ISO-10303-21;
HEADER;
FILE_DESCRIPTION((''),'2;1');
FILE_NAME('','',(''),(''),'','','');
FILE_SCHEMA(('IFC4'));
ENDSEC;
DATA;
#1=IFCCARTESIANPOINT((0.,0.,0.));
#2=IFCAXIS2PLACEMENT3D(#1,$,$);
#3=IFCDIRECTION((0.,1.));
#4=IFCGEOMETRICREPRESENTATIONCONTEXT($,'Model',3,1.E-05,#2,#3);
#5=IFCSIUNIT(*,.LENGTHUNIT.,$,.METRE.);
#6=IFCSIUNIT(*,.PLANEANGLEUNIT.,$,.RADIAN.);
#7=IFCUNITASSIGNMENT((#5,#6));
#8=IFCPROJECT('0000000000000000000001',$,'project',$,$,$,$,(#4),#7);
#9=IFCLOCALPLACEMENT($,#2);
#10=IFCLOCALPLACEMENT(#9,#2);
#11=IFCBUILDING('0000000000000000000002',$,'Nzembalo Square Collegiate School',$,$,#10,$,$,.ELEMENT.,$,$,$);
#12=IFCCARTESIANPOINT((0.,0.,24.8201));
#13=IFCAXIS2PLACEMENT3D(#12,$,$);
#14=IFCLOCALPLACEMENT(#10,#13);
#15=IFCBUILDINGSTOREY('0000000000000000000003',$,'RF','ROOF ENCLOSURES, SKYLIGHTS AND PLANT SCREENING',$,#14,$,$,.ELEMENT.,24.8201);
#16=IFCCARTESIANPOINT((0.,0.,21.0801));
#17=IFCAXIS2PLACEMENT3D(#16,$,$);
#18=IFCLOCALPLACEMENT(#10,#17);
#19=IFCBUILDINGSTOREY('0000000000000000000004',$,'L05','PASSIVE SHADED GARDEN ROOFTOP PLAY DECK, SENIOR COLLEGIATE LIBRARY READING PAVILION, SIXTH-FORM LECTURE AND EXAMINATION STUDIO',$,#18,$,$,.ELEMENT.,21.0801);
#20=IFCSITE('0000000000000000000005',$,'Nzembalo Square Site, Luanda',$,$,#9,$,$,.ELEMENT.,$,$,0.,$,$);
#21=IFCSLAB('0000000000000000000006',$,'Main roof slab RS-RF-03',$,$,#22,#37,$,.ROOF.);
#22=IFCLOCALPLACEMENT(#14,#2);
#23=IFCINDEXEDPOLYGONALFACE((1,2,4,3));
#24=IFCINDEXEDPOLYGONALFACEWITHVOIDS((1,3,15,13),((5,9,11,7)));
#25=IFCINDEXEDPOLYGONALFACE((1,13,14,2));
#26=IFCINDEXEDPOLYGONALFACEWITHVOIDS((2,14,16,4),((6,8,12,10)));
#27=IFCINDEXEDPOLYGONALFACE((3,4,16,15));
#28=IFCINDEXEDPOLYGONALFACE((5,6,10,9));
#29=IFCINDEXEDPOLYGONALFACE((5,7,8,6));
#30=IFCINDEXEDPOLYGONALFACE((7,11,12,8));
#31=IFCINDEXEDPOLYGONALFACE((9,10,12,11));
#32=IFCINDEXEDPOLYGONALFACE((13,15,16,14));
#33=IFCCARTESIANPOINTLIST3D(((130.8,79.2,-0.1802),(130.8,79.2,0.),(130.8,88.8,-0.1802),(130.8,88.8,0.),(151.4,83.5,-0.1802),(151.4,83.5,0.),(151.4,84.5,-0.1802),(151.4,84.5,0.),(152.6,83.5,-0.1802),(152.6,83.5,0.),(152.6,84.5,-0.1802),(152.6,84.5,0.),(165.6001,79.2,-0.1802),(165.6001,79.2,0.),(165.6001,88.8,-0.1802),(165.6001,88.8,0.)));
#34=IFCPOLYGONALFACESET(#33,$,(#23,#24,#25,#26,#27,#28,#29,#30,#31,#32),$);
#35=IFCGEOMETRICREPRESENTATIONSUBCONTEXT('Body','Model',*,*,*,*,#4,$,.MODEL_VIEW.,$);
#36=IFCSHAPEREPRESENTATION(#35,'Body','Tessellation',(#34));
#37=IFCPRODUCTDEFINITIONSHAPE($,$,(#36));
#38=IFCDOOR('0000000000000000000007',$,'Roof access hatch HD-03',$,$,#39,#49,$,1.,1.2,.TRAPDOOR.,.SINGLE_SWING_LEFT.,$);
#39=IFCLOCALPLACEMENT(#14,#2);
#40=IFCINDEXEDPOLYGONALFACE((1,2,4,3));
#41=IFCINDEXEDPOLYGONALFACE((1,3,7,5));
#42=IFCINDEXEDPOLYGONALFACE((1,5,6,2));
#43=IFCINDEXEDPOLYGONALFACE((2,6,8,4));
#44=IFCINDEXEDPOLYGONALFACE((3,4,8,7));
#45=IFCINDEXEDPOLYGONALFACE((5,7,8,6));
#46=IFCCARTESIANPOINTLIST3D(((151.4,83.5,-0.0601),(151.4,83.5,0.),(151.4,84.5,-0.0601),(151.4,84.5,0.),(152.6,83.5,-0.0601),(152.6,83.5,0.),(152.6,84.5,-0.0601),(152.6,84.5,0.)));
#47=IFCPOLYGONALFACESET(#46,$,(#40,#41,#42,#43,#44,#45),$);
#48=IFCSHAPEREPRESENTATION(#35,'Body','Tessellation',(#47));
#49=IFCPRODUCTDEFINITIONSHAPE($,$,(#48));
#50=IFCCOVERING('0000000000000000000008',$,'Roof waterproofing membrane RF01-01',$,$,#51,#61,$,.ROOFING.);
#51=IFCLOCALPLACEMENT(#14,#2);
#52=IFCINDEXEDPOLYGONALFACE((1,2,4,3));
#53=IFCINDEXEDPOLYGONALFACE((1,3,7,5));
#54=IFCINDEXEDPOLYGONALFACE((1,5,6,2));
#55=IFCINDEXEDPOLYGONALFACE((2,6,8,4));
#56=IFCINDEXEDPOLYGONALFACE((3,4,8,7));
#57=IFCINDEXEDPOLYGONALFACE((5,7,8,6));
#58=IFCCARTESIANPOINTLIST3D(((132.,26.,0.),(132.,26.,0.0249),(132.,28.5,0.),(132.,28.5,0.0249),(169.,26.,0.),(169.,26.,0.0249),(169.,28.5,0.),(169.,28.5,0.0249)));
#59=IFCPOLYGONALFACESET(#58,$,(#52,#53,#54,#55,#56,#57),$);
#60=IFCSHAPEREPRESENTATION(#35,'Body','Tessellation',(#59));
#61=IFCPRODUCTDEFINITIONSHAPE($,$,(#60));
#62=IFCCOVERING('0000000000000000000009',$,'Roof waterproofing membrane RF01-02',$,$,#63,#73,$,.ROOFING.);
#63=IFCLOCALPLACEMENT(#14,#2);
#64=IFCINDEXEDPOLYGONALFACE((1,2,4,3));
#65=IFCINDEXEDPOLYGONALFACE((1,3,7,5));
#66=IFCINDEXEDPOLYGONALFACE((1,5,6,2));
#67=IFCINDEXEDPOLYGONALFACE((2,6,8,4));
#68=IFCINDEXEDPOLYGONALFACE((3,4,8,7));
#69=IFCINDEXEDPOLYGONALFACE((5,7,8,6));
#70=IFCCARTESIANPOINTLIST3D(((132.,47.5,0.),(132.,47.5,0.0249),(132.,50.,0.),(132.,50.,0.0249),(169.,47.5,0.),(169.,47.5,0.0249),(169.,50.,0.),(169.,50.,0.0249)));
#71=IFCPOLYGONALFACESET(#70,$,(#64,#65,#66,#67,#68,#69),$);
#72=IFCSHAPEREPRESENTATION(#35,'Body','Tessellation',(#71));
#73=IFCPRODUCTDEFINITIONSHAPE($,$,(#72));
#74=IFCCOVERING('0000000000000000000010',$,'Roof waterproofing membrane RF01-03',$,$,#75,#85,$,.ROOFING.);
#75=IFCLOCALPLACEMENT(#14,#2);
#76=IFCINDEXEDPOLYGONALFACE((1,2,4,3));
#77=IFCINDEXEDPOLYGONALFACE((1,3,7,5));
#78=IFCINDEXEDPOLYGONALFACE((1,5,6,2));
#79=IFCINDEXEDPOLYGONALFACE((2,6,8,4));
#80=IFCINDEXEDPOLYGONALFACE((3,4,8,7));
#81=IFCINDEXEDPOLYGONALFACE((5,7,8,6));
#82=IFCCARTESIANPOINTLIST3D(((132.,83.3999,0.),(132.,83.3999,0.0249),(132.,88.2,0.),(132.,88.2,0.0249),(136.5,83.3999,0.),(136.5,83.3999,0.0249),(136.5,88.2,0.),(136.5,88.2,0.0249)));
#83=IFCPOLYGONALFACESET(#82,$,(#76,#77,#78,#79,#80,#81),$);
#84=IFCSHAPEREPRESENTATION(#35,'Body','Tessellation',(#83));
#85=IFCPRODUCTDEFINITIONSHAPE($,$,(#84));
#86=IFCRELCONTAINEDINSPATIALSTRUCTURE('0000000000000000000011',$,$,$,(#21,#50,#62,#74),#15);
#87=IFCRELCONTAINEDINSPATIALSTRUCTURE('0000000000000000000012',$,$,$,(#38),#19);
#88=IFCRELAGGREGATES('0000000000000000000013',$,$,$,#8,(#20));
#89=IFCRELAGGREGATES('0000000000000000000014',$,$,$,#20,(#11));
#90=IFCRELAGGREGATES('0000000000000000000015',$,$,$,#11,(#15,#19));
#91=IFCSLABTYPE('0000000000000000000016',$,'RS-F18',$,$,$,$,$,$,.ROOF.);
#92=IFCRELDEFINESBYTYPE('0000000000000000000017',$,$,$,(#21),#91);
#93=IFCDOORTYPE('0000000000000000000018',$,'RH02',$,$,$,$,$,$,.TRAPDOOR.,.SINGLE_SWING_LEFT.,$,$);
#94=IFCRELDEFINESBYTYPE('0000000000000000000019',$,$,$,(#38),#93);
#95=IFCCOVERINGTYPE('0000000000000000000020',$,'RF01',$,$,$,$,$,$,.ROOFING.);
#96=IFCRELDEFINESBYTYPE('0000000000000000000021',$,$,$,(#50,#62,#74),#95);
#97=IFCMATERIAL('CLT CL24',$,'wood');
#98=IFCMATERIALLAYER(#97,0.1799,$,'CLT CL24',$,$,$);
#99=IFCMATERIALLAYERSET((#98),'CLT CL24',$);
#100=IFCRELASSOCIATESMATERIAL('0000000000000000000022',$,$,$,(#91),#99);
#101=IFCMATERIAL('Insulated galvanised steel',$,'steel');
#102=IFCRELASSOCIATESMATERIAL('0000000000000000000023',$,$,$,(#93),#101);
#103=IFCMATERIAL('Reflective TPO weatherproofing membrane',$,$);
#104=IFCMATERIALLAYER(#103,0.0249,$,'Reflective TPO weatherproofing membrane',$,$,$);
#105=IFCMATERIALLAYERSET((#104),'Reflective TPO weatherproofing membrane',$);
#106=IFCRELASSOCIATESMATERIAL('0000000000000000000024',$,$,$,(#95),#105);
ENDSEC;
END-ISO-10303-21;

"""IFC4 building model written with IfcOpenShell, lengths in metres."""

from ifc_helpers import new_model, si_unit, direction, frame, origin, origin_2d, place, context, subcontext, project, spatial, polyline, rectangle, outline, extrude, material, layer, layer_set, type_object, element, fill, save


model = new_model("IFC4")

# Units and contexts
model_context = context("Model", 3, precision=1e-05, world=origin(), true_north=direction((0.0, 1.0)))
body_context = subcontext(model_context, "Body", "Model", "MODEL_VIEW")
ifc_project = project(units=[si_unit("LENGTHUNIT", "METRE"), si_unit("PLANEANGLEUNIT", "RADIAN")], contexts=[model_context])

# Site, building, storey
site_placement = place(None, origin())
site = spatial("IfcSite", under=ifc_project, at=site_placement, Name="Nzembalo Square Site, Luanda", CompositionType="ELEMENT", RefElevation=0.0)
building_placement = place(site_placement, origin())
building = spatial("IfcBuilding", under=site, at=building_placement, Name="Nzembalo Square Collegiate School", CompositionType="ELEMENT")
storey_1_placement = place(building_placement, frame((0.0, 0.0, 24.8201)))
storey_1 = spatial("IfcBuildingStorey", under=building, at=storey_1_placement, Name="RF", Description="ROOF ENCLOSURES, SKYLIGHTS AND PLANT SCREENING", CompositionType="ELEMENT", Elevation=24.8201)

# Shared definitions
ifc_material_1 = material(Name="CLT CL24", Category="wood")
ifc_layer_1 = layer(ifc_material_1, 0.1799, Name="CLT CL24")
ifc_layer_set_1 = layer_set([ifc_layer_1], Name="CLT CL24")
slab_type_1 = type_object("IfcSlabType", Name="RS-F18", PredefinedType="ROOF", material=ifc_layer_set_1)

# Shared definitions
storey_2_placement = place(building_placement, frame((0.0, 0.0, 21.0801)))
storey_2 = spatial("IfcBuildingStorey", under=building, at=storey_2_placement, Name="L05", Description="PASSIVE SHADED GARDEN ROOFTOP PLAY DECK, SENIOR COLLEGIATE LIBRARY READING PAVILION, SIXTH-FORM LECTURE AND EXAMINATION STUDIO", CompositionType="ELEMENT", Elevation=21.0801)

# Slab, opening, door
slab_1_placement = place(storey_1_placement, frame((0.0, 0.0, -0.1802)))
slab_1 = element("IfcSlab", 1, at=slab_1_placement, inside=storey_1, type_object=slab_type_1, Name="Main roof slab RS-RF-03", PredefinedType="ROOF", context=body_context, shape_type="SweptSolid", body=[
    extrude(outline(polyline([(130.8, 79.2), (165.6001, 79.2), (165.6001, 88.8), (130.8, 88.8), (130.8, 79.2)])), origin(), (0.0, 0.0, 1.0), 0.1802),
])
opening_1_placement = place(slab_1_placement, frame((152.0, 84.0, -0.01)))
opening_1 = element("IfcOpeningElement", 2, at=opening_1_placement, cuts=slab_1, PredefinedType="OPENING", context=body_context, shape_type="SweptSolid", body=[
    extrude(rectangle(XDim=1.2, YDim=1.0, at=origin_2d()), origin(), (0.0, 0.0, 1.0), 0.2002),
])
ifc_material_2 = material(Name="Insulated galvanised steel", Category="steel")
door_type_1 = type_object("IfcDoorType", Name="RH02", OperationType="SINGLE_SWING_LEFT", PredefinedType="TRAPDOOR", material=ifc_material_2)
door_1_placement = place(slab_1_placement, frame((152.0, 84.0, 0.1201)))
door_1 = element("IfcDoor", 3, at=door_1_placement, inside=storey_2, type_object=door_type_1, Name="Roof access hatch HD-03", OperationType="SINGLE_SWING_LEFT", OverallHeight=1.0, OverallWidth=1.2, PredefinedType="TRAPDOOR", context=body_context, shape_type="SweptSolid", body=[
    extrude(rectangle(XDim=1.2, YDim=1.0, at=origin_2d()), origin(), (0.0, 0.0, 1.0), 0.0601),
])
fill(opening_1, door_1)

# Coverings
ifc_material_3 = material(Name="Reflective TPO weatherproofing membrane")
ifc_layer_2 = layer(ifc_material_3, 0.0249, Name="Reflective TPO weatherproofing membrane")
ifc_layer_set_2 = layer_set([ifc_layer_2], Name="Reflective TPO weatherproofing membrane")
covering_type = type_object("IfcCoveringType", Name="RF01", PredefinedType="ROOFING", material=ifc_layer_set_2)
covering_1_placement = place(storey_1_placement, origin())
element("IfcCovering", 4, at=covering_1_placement, inside=storey_1, type_object=covering_type, Name="Roof waterproofing membrane RF01-01", PredefinedType="ROOFING", context=body_context, shape_type="SweptSolid", body=[
    extrude(outline(polyline([(132.0, 26.0), (169.0, 26.0), (169.0, 28.5), (132.0, 28.5), (132.0, 26.0)])), origin(), (0.0, 0.0, 1.0), 0.0249),
])
covering_2_placement = place(storey_1_placement, origin())
element("IfcCovering", 5, at=covering_2_placement, inside=storey_1, type_object=covering_type, Name="Roof waterproofing membrane RF01-02", PredefinedType="ROOFING", context=body_context, shape_type="SweptSolid", body=[
    extrude(outline(polyline([(132.0, 47.5), (169.0, 47.5), (169.0, 50.0), (132.0, 50.0), (132.0, 47.5)])), origin(), (0.0, 0.0, 1.0), 0.0249),
])
covering_3_placement = place(storey_1_placement, origin())
element("IfcCovering", 6, at=covering_3_placement, inside=storey_1, type_object=covering_type, Name="Roof waterproofing membrane RF01-03", PredefinedType="ROOFING", context=body_context, shape_type="SweptSolid", body=[
    extrude(outline(polyline([(132.0, 83.3999), (136.5, 83.3999), (136.5, 88.2), (132.0, 88.2), (132.0, 83.3999)])), origin(), (0.0, 0.0, 1.0), 0.0249),
])

save(model, "model.ifc")
